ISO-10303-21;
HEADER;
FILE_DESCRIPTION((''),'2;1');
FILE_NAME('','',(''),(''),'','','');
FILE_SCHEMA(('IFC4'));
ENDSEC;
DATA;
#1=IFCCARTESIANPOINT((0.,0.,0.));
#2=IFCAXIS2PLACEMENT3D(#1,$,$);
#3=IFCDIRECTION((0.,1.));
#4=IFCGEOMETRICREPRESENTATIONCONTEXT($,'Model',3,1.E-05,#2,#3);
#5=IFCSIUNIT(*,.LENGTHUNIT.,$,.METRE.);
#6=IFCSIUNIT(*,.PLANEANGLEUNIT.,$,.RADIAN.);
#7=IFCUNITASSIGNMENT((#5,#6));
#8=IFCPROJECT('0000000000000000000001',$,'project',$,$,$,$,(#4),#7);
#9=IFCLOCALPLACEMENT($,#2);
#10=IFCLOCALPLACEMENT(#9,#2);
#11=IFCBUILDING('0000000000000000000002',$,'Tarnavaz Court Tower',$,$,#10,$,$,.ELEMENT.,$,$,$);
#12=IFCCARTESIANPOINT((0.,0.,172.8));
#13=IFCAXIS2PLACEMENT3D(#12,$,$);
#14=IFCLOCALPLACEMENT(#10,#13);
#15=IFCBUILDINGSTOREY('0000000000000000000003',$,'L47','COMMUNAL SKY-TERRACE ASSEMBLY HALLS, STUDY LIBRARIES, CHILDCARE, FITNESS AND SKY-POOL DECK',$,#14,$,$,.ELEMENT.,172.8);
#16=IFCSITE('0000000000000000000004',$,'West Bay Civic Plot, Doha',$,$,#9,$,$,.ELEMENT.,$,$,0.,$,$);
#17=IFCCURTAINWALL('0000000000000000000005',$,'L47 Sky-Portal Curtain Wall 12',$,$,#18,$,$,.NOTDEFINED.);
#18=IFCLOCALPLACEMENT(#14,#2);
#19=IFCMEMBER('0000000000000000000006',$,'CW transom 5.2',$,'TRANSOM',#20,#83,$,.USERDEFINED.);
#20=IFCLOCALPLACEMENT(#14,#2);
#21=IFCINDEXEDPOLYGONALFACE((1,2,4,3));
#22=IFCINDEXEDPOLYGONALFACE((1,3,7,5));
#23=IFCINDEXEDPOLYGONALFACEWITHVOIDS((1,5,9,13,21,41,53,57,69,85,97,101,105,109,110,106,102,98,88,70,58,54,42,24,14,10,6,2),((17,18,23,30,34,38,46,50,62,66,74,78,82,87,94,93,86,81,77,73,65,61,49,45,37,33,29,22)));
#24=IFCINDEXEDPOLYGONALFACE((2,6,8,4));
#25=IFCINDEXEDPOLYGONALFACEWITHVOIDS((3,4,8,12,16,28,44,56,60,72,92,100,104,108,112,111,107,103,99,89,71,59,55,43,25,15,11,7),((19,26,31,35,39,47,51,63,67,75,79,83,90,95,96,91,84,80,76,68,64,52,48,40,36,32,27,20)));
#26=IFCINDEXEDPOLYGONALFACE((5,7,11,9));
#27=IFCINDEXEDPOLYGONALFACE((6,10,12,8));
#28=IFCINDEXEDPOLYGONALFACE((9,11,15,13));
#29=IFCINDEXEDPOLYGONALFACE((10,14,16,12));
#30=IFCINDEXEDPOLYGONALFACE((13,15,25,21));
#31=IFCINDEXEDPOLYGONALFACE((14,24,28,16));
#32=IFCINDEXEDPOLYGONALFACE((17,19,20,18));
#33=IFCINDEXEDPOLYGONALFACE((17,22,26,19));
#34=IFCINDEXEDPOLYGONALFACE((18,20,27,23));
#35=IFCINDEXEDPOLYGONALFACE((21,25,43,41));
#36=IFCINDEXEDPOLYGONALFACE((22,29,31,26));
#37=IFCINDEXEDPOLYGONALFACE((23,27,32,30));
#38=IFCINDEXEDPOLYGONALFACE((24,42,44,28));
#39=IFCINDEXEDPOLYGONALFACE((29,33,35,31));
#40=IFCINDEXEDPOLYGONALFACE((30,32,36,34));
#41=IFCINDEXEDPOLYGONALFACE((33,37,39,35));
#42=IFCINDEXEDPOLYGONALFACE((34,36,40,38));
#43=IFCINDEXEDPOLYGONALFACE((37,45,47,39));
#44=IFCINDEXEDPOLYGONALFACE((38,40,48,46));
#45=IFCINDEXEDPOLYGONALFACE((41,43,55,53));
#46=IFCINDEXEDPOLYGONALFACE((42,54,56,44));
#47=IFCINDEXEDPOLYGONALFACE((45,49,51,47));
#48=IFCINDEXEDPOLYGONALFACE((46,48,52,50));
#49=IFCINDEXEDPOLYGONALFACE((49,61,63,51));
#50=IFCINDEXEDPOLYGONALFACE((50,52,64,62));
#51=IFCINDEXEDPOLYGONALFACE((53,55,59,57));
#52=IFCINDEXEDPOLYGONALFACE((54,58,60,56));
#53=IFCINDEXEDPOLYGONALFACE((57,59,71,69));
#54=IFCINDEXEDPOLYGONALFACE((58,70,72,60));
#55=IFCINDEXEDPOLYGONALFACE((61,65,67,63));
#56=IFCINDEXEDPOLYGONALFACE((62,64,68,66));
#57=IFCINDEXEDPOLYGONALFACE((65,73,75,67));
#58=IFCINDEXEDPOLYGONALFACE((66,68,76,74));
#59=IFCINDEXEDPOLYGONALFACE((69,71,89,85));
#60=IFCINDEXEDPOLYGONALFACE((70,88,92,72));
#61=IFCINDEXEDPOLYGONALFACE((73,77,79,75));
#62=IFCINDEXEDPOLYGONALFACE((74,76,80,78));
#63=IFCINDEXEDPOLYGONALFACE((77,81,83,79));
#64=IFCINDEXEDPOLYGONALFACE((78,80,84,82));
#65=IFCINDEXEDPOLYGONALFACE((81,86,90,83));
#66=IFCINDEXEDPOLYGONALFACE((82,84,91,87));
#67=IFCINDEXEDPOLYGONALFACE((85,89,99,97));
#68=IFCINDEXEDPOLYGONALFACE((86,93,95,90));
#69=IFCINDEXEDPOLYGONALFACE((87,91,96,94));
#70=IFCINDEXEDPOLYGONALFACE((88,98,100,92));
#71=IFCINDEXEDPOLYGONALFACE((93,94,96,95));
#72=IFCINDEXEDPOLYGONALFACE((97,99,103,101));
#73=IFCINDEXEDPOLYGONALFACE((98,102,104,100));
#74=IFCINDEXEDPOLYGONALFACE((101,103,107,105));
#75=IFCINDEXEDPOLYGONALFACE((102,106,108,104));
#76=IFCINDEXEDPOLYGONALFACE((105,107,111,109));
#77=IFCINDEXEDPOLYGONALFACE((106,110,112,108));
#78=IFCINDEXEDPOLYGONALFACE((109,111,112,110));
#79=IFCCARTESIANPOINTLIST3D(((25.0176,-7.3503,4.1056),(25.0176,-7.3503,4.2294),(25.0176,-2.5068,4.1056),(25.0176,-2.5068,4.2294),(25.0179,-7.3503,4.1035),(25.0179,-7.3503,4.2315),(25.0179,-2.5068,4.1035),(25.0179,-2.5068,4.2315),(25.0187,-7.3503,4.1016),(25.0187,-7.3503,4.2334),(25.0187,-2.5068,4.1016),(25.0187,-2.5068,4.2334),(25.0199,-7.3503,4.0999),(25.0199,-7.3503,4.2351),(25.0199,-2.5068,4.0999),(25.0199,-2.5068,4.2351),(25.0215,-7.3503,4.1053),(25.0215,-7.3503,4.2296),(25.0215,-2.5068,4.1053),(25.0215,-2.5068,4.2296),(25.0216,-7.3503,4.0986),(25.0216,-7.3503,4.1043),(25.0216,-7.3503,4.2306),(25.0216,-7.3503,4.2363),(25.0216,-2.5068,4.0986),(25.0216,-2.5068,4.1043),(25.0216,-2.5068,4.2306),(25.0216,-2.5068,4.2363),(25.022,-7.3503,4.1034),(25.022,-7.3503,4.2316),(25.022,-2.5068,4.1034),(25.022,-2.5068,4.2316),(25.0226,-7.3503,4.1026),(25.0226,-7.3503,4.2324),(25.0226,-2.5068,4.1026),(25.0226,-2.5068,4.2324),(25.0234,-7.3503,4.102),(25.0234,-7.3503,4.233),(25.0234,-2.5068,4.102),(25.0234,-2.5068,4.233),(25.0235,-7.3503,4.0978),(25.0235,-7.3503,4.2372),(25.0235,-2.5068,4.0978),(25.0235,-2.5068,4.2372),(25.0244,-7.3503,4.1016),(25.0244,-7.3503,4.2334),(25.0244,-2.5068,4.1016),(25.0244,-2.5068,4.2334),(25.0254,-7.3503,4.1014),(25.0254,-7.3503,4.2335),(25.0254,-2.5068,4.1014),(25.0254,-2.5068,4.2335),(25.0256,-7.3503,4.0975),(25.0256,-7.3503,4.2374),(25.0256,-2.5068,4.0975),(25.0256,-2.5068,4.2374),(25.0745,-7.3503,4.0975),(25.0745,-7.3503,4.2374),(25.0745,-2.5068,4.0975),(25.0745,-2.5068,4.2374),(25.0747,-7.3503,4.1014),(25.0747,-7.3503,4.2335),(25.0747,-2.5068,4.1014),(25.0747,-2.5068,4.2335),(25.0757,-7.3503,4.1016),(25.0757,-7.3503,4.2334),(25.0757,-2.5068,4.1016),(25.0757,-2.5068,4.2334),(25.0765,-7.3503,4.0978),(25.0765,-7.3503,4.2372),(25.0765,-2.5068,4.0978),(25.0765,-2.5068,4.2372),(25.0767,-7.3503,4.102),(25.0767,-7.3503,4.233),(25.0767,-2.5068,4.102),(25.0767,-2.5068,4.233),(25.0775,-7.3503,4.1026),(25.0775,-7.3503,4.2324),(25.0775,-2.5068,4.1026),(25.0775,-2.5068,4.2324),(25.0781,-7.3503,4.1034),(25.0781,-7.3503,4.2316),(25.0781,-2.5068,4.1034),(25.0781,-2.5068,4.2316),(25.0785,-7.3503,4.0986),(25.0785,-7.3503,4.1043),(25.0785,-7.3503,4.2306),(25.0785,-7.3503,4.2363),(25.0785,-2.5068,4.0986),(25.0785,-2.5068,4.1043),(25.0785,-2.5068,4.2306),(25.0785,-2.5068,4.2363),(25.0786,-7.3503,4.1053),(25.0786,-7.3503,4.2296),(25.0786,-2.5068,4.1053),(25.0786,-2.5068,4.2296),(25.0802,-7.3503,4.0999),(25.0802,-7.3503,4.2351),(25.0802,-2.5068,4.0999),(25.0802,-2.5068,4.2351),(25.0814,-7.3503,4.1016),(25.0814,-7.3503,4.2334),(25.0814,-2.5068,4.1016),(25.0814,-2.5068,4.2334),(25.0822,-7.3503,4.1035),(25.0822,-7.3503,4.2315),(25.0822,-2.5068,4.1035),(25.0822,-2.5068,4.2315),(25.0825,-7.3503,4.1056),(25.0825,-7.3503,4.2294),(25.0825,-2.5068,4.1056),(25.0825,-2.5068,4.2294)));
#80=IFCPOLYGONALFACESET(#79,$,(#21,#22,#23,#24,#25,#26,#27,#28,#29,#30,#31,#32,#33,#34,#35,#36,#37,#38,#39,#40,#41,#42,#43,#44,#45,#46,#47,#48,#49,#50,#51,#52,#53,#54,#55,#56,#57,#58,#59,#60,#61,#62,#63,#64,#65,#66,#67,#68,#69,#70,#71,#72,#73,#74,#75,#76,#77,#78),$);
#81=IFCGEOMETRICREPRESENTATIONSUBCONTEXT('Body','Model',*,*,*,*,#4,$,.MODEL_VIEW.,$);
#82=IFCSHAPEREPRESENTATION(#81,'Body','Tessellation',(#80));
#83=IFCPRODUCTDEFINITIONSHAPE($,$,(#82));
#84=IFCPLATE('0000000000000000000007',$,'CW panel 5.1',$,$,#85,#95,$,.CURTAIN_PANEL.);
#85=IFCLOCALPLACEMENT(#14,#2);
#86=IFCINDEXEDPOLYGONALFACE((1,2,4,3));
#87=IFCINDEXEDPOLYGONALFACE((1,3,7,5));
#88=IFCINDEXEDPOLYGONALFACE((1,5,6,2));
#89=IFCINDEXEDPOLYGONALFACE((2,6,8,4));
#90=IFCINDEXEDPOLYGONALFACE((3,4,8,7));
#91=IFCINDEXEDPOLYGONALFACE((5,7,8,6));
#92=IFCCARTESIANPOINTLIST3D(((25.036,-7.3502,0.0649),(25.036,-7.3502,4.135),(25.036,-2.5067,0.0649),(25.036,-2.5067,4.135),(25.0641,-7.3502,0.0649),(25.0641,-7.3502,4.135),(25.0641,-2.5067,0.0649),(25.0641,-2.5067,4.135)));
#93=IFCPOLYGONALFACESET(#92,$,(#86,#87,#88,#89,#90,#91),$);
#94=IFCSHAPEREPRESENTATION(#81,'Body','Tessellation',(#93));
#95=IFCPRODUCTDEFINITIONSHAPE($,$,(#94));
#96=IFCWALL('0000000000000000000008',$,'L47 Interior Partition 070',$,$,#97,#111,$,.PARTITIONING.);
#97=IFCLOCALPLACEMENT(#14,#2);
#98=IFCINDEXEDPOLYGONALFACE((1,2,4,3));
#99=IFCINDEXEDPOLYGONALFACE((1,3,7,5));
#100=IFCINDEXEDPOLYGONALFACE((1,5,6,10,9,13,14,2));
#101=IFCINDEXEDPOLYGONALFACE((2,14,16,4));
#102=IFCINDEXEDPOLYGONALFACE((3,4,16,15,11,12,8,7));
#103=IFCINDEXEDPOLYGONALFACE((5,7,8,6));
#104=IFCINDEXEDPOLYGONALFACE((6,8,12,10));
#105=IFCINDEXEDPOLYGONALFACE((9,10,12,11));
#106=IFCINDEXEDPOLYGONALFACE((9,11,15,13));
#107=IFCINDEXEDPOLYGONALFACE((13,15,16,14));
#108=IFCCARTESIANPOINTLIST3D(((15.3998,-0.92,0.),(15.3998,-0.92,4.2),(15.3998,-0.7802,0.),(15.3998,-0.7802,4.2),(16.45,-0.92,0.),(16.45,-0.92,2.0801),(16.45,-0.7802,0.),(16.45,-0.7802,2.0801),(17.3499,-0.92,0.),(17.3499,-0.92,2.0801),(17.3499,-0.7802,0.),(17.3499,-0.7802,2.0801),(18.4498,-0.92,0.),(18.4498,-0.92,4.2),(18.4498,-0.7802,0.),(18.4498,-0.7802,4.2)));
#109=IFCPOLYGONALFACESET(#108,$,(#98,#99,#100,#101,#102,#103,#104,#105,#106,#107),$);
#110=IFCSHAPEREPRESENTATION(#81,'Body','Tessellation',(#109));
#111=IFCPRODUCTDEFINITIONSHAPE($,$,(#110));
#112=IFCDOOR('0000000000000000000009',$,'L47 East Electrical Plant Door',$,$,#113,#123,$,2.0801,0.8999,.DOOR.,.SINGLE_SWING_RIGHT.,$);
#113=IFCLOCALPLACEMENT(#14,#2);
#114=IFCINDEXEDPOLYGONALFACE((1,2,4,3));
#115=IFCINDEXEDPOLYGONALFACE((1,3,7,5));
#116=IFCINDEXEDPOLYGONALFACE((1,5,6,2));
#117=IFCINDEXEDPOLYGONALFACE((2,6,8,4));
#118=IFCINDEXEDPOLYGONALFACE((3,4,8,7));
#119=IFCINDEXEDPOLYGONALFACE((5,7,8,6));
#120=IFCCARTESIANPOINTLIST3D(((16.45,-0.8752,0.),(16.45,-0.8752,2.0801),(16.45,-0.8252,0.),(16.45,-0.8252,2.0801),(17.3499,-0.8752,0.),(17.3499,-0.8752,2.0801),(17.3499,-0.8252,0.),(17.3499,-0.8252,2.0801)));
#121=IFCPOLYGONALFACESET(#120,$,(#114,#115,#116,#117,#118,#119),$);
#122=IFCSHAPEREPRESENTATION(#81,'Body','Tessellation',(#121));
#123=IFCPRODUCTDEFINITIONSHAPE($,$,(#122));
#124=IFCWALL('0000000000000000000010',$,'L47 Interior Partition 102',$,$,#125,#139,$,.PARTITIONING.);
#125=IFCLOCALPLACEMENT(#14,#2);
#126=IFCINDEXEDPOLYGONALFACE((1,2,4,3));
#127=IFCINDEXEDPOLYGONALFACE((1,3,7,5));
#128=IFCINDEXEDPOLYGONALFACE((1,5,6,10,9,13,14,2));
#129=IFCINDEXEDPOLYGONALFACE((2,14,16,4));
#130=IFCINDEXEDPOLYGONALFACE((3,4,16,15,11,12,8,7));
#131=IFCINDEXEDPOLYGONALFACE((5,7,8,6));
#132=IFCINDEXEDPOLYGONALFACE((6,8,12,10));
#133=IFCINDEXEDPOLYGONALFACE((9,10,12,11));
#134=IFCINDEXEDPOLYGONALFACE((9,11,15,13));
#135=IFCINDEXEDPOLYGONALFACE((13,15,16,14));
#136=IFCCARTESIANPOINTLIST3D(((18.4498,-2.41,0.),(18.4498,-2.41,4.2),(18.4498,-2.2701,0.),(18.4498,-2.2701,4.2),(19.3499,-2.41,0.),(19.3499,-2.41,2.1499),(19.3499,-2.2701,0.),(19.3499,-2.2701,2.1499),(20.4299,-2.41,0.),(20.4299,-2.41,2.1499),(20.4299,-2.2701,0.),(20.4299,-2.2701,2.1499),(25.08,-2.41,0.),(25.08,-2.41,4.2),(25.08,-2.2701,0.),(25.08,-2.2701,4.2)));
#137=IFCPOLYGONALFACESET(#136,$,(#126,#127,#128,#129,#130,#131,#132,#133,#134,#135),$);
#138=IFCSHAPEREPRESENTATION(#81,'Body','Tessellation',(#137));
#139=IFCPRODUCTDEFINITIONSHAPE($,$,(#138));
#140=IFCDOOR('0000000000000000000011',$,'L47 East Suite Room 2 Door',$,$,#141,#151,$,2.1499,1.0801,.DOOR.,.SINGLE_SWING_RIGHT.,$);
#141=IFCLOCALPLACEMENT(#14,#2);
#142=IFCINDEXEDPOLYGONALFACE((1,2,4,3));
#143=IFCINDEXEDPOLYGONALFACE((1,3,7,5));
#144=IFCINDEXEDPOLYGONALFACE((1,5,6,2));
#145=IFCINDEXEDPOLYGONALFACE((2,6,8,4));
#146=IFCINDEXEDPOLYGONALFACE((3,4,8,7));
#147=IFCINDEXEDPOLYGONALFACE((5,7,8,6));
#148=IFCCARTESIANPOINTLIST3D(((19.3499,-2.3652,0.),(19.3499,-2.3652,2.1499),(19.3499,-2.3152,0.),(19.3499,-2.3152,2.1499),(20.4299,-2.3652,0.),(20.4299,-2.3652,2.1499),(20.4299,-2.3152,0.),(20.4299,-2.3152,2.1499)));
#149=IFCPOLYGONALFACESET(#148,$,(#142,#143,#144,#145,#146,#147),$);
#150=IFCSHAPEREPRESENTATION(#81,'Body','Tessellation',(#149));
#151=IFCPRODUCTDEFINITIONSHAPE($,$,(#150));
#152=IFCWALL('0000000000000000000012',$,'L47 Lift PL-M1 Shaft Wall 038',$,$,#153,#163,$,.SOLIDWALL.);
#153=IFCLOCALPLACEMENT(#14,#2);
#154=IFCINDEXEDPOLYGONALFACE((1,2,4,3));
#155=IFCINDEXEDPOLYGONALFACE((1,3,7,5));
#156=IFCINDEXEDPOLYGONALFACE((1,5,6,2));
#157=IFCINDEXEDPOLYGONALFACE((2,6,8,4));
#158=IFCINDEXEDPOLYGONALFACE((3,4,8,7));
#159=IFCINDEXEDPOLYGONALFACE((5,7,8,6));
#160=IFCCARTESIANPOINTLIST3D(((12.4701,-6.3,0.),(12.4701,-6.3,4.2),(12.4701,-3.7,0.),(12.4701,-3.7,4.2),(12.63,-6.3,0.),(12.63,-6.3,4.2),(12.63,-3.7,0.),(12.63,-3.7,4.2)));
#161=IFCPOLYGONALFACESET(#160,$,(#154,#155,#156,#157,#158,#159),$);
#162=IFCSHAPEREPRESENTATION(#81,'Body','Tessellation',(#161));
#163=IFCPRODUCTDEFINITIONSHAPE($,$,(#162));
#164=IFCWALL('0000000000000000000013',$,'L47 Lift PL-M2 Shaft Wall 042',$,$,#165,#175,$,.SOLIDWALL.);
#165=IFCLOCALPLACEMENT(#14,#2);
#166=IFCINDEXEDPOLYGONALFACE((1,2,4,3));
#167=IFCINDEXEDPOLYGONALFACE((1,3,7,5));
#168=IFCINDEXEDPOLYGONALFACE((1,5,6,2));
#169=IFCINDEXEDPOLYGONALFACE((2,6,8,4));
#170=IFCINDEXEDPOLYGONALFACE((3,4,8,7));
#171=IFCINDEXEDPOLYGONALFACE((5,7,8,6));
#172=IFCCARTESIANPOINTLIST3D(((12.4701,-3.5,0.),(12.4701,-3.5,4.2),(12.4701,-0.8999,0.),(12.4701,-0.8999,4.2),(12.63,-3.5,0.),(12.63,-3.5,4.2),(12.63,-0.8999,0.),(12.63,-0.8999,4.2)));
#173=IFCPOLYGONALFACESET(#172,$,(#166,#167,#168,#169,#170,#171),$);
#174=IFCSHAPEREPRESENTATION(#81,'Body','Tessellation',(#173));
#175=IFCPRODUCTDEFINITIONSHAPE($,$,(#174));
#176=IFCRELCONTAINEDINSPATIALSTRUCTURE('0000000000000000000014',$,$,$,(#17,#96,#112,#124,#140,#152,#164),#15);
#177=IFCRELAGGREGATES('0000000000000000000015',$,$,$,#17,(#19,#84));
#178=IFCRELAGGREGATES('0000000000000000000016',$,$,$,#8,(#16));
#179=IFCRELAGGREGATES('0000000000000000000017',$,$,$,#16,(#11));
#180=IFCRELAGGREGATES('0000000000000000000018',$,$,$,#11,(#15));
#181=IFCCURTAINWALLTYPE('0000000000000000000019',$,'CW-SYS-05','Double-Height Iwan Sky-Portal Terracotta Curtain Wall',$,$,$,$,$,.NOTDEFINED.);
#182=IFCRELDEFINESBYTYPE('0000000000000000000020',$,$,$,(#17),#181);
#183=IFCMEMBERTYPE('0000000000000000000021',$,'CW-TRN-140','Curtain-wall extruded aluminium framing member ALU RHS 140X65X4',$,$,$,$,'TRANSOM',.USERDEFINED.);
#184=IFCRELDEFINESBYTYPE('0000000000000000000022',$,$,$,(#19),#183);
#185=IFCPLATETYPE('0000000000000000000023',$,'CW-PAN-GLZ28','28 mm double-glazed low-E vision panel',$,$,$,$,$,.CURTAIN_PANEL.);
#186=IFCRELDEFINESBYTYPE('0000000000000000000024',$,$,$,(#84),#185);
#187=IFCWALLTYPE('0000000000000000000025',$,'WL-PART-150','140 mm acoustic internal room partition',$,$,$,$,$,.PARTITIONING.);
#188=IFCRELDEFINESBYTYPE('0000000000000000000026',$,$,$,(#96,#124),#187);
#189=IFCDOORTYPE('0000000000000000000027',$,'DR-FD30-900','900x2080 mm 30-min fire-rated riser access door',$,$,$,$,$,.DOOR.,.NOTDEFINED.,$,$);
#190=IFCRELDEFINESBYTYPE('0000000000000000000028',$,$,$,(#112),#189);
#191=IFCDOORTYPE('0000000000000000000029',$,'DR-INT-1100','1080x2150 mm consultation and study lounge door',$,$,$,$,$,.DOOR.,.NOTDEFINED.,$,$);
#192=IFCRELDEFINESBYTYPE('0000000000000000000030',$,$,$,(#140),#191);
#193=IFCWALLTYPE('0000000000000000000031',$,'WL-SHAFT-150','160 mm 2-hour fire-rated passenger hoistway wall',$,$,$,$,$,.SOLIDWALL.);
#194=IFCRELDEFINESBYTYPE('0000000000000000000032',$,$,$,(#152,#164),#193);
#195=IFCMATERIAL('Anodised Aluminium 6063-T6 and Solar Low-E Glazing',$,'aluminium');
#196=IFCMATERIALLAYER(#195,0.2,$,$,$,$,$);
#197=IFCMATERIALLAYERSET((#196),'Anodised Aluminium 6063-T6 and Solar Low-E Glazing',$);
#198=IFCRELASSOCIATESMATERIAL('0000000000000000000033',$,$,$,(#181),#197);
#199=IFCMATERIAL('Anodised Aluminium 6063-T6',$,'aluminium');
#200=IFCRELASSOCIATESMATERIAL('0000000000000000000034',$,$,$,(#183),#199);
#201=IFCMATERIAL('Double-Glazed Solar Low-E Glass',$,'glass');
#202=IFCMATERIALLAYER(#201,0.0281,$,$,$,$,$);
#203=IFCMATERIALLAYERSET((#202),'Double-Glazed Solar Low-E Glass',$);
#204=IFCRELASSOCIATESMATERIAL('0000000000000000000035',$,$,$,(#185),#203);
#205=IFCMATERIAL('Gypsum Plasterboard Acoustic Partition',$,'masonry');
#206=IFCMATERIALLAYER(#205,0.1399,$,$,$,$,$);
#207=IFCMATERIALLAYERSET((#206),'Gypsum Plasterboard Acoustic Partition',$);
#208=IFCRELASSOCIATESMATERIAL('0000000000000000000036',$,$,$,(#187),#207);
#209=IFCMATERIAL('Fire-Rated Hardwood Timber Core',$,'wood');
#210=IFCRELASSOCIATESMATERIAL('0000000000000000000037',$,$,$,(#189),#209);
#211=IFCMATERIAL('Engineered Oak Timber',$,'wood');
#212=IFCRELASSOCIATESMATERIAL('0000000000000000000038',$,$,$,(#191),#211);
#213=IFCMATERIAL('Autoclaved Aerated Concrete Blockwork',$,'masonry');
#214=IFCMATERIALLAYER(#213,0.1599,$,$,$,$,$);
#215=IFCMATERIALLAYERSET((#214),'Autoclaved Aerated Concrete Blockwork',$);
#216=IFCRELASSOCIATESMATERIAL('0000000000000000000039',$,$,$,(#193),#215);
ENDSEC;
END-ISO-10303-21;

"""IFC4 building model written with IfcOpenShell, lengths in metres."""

from ifc_helpers import new_model, si_unit, direction, frame, frame_2d, origin, origin_2d, place, context, subcontext, project, spatial, rectangle, hollow_rectangle, extrude, material, layer, layer_set, material_profile, profile_set, type_object, element, fill, aggregate, save


model = new_model("IFC4")

# Units and contexts
model_context = context("Model", 3, precision=1e-05, world=origin(), true_north=direction((0.0, 1.0)))
body_context = subcontext(model_context, "Body", "Model", "MODEL_VIEW")
ifc_project = project(units=[si_unit("LENGTHUNIT", "METRE"), si_unit("PLANEANGLEUNIT", "RADIAN")], contexts=[model_context])

# Site, building, storey
site_placement = place(None, origin())
site = spatial("IfcSite", under=ifc_project, at=site_placement, Name="West Bay Civic Plot, Doha", CompositionType="ELEMENT", RefElevation=0.0)
building_placement = place(site_placement, origin())
building = spatial("IfcBuilding", under=site, at=building_placement, Name="Tarnavaz Court Tower", CompositionType="ELEMENT")
storey_placement = place(building_placement, frame((0.0, 0.0, 172.8)))
storey = spatial("IfcBuildingStorey", under=building, at=storey_placement, Name="L47", Description="COMMUNAL SKY-TERRACE ASSEMBLY HALLS, STUDY LIBRARIES, CHILDCARE, FITNESS AND SKY-POOL DECK", CompositionType="ELEMENT", Elevation=172.8)

# Curtain wall, member, plate
ifc_material_1 = material(Name="Anodised Aluminium 6063-T6 and Solar Low-E Glazing", Category="aluminium")
ifc_layer_1 = layer(ifc_material_1, 0.2)
ifc_layer_set_1 = layer_set([ifc_layer_1], Name="Anodised Aluminium 6063-T6 and Solar Low-E Glazing")
curtain_wall_type = type_object("IfcCurtainWallType", Name="CW-SYS-05", Description="Double-Height Iwan Sky-Portal Terracotta Curtain Wall", PredefinedType="NOTDEFINED", material=ifc_layer_set_1)
curtain_wall_placement = place(storey_placement, origin())
curtain_wall = element("IfcCurtainWall", 1, at=curtain_wall_placement, inside=storey, type_object=curtain_wall_type, Name="L47 Sky-Portal Curtain Wall 12", PredefinedType="NOTDEFINED")
ifc_material_2 = material(Name="Anodised Aluminium 6063-T6", Category="aluminium")
ifc_material_profile_1 = material_profile(ifc_material_2, hollow_rectangle(XDim=0.0649, YDim=0.1399, WallThickness=0.0039, InnerFilletRadius=0.0039, OuterFilletRadius=0.0081, at=origin_2d()), Name="ALU RHS 140X65X4")
ifc_profile_set_1 = profile_set([ifc_material_profile_1], Name="Anodised Aluminium 6063-T6")
member_type_1 = type_object("IfcMemberType", Name="CW-TRN-140", Description="Curtain-wall extruded aluminium framing member ALU RHS 140X65X4", ElementType="TRANSOM", PredefinedType="USERDEFINED", material=ifc_profile_set_1)
member_1_placement = place(storey_placement, frame((25.05, -2.5068, 4.1675), z_axis=(0.0, -1.0, 0.0), x_axis=(1.0, 0.0, 0.0)))
member_1 = element("IfcMember", 2, at=member_1_placement, type_object=member_type_1, Name="CW transom 5.2", ObjectType="TRANSOM", PredefinedType="USERDEFINED", context=body_context, shape_type="SweptSolid", body=[
    extrude(hollow_rectangle(XDim=0.0649, YDim=0.1399, WallThickness=0.0039, InnerFilletRadius=0.0039, OuterFilletRadius=0.0081, at=origin_2d()), origin(), (0.0, 0.0, 1.0), 4.8435),
])
ifc_material_3 = material(Name="Double-Glazed Solar Low-E Glass", Category="glass")
ifc_layer_2 = layer(ifc_material_3, 0.0281)
ifc_layer_set_2 = layer_set([ifc_layer_2], Name="Double-Glazed Solar Low-E Glass")
plate_type = type_object("IfcPlateType", Name="CW-PAN-GLZ28", Description="28 mm double-glazed low-E vision panel", PredefinedType="CURTAIN_PANEL", material=ifc_layer_set_2)
plate_placement = place(storey_placement, frame((25.05, -4.9285, 0.0649), z_axis=(0.0, 0.0, 1.0), x_axis=(0.0, -1.0, 0.0)))
plate = element("IfcPlate", 3, at=plate_placement, type_object=plate_type, Name="CW panel 5.1", PredefinedType="CURTAIN_PANEL", context=body_context, shape_type="SweptSolid", body=[
    extrude(rectangle(XDim=4.8435, YDim=0.0281, at=origin_2d()), origin(), (0.0, 0.0, 1.0), 4.0701),
])
aggregate(curtain_wall, [member_1, plate])

# Walls, openings, doors
ifc_material_4 = material(Name="Gypsum Plasterboard Acoustic Partition", Category="masonry")
ifc_layer_3 = layer(ifc_material_4, 0.1399)
ifc_layer_set_3 = layer_set([ifc_layer_3], Name="Gypsum Plasterboard Acoustic Partition")
wall_type_1 = type_object("IfcWallType", Name="WL-PART-150", Description="140 mm acoustic internal room partition", PredefinedType="PARTITIONING", material=ifc_layer_set_3)
wall_1_placement = place(storey_placement, frame((15.3999, -0.8501, 0.0), z_axis=(0.0, 0.0, 1.0), x_axis=(1.0, 0.0, 0.0)))
wall_1 = element("IfcWall", 4, at=wall_1_placement, inside=storey, type_object=wall_type_1, Name="L47 Interior Partition 070", PredefinedType="PARTITIONING", context=body_context, shape_type="SweptSolid", body=[
    extrude(rectangle(XDim=3.05, YDim=0.1399, at=frame_2d((1.5249, 0.0))), origin(), (0.0, 0.0, 1.0), 4.2),
])
opening_1_placement = place(wall_1_placement, frame((1.05, 0.0, 0.0)))
opening_1 = element("IfcOpeningElement", 5, at=opening_1_placement, cuts=wall_1, PredefinedType="OPENING", context=body_context, shape_type="SweptSolid", body=[
    extrude(rectangle(XDim=0.8999, YDim=2.0801, at=frame_2d((0.45, 1.04))), frame((0.0, 0.0798, 0.0), z_axis=(0.0, -1.0, 0.0), x_axis=(1.0, 0.0, 0.0)), (0.0, 0.0, 1.0), 0.1599),
])
ifc_material_5 = material(Name="Fire-Rated Hardwood Timber Core", Category="wood")
door_type_1 = type_object("IfcDoorType", Name="DR-FD30-900", Description="900x2080 mm 30-min fire-rated riser access door", OperationType="NOTDEFINED", PredefinedType="DOOR", material=ifc_material_5)
door_1_placement = place(opening_1_placement, origin())
door_1 = element("IfcDoor", 6, at=door_1_placement, inside=storey, type_object=door_type_1, Name="L47 East Electrical Plant Door", OperationType="SINGLE_SWING_RIGHT", OverallHeight=2.0801, OverallWidth=0.8999, PredefinedType="DOOR", context=body_context, shape_type="SweptSolid", body=[
    extrude(rectangle(XDim=0.8999, YDim=2.0801, at=frame_2d((0.45, 1.04))), frame((0.0, 0.0249, 0.0), z_axis=(0.0, -1.0, 0.0), x_axis=(1.0, 0.0, 0.0)), (0.0, 0.0, 1.0), 0.05),
])
fill(opening_1, door_1)
wall_2_placement = place(storey_placement, frame((18.45, -2.3401, 0.0), z_axis=(0.0, 0.0, 1.0), x_axis=(1.0, 0.0, 0.0)))
wall_2 = element("IfcWall", 7, at=wall_2_placement, inside=storey, type_object=wall_type_1, Name="L47 Interior Partition 102", PredefinedType="PARTITIONING", context=body_context, shape_type="SweptSolid", body=[
    extrude(rectangle(XDim=6.6301, YDim=0.1399, at=frame_2d((3.3149, 0.0))), origin(), (0.0, 0.0, 1.0), 4.2),
])
opening_2_placement = place(wall_2_placement, frame((0.8999, 0.0, 0.0)))
opening_2 = element("IfcOpeningElement", 8, at=opening_2_placement, cuts=wall_2, PredefinedType="OPENING", context=body_context, shape_type="SweptSolid", body=[
    extrude(rectangle(XDim=1.0801, YDim=2.1499, at=frame_2d((0.54, 1.075))), frame((0.0, 0.0798, 0.0), z_axis=(0.0, -1.0, 0.0), x_axis=(1.0, 0.0, 0.0)), (0.0, 0.0, 1.0), 0.1599),
])
ifc_material_6 = material(Name="Engineered Oak Timber", Category="wood")
door_type_2 = type_object("IfcDoorType", Name="DR-INT-1100", Description="1080x2150 mm consultation and study lounge door", OperationType="NOTDEFINED", PredefinedType="DOOR", material=ifc_material_6)
door_2_placement = place(opening_2_placement, origin())
door_2 = element("IfcDoor", 9, at=door_2_placement, inside=storey, type_object=door_type_2, Name="L47 East Suite Room 2 Door", OperationType="SINGLE_SWING_RIGHT", OverallHeight=2.1499, OverallWidth=1.0801, PredefinedType="DOOR", context=body_context, shape_type="SweptSolid", body=[
    extrude(rectangle(XDim=1.0801, YDim=2.1499, at=frame_2d((0.54, 1.075))), frame((0.0, 0.0249, 0.0), z_axis=(0.0, -1.0, 0.0), x_axis=(1.0, 0.0, 0.0)), (0.0, 0.0, 1.0), 0.05),
])
fill(opening_2, door_2)

# Walls
ifc_material_7 = material(Name="Autoclaved Aerated Concrete Blockwork", Category="masonry")
ifc_layer_4 = layer(ifc_material_7, 0.1599)
ifc_layer_set_4 = layer_set([ifc_layer_4], Name="Autoclaved Aerated Concrete Blockwork")
wall_type_2 = type_object("IfcWallType", Name="WL-SHAFT-150", Description="160 mm 2-hour fire-rated passenger hoistway wall", PredefinedType="SOLIDWALL", material=ifc_layer_set_4)
for number, where, z_axis, x_axis, name in (
    (10, (12.55, -6.3, 0.0), (0.0, 0.0, 1.0), (0.0, 1.0, 0.0), "L47 Lift PL-M1 Shaft Wall 038"),
    (11, (12.55, -3.5, 0.0), (0.0, 0.0, 1.0), (0.0, 1.0, 0.0), "L47 Lift PL-M2 Shaft Wall 042"),
):
    element("IfcWall", number, at=place(storey_placement, frame(where, z_axis=z_axis, x_axis=x_axis)), inside=storey, type_object=wall_type_2, Name=name, PredefinedType="SOLIDWALL", context=body_context, shape_type="SweptSolid", body=[
        extrude(rectangle(XDim=2.6001, YDim=0.1599, at=frame_2d((1.3, 0.0))), origin(), (0.0, 0.0, 1.0), 4.2),
    ])

save(model, "model.ifc")
